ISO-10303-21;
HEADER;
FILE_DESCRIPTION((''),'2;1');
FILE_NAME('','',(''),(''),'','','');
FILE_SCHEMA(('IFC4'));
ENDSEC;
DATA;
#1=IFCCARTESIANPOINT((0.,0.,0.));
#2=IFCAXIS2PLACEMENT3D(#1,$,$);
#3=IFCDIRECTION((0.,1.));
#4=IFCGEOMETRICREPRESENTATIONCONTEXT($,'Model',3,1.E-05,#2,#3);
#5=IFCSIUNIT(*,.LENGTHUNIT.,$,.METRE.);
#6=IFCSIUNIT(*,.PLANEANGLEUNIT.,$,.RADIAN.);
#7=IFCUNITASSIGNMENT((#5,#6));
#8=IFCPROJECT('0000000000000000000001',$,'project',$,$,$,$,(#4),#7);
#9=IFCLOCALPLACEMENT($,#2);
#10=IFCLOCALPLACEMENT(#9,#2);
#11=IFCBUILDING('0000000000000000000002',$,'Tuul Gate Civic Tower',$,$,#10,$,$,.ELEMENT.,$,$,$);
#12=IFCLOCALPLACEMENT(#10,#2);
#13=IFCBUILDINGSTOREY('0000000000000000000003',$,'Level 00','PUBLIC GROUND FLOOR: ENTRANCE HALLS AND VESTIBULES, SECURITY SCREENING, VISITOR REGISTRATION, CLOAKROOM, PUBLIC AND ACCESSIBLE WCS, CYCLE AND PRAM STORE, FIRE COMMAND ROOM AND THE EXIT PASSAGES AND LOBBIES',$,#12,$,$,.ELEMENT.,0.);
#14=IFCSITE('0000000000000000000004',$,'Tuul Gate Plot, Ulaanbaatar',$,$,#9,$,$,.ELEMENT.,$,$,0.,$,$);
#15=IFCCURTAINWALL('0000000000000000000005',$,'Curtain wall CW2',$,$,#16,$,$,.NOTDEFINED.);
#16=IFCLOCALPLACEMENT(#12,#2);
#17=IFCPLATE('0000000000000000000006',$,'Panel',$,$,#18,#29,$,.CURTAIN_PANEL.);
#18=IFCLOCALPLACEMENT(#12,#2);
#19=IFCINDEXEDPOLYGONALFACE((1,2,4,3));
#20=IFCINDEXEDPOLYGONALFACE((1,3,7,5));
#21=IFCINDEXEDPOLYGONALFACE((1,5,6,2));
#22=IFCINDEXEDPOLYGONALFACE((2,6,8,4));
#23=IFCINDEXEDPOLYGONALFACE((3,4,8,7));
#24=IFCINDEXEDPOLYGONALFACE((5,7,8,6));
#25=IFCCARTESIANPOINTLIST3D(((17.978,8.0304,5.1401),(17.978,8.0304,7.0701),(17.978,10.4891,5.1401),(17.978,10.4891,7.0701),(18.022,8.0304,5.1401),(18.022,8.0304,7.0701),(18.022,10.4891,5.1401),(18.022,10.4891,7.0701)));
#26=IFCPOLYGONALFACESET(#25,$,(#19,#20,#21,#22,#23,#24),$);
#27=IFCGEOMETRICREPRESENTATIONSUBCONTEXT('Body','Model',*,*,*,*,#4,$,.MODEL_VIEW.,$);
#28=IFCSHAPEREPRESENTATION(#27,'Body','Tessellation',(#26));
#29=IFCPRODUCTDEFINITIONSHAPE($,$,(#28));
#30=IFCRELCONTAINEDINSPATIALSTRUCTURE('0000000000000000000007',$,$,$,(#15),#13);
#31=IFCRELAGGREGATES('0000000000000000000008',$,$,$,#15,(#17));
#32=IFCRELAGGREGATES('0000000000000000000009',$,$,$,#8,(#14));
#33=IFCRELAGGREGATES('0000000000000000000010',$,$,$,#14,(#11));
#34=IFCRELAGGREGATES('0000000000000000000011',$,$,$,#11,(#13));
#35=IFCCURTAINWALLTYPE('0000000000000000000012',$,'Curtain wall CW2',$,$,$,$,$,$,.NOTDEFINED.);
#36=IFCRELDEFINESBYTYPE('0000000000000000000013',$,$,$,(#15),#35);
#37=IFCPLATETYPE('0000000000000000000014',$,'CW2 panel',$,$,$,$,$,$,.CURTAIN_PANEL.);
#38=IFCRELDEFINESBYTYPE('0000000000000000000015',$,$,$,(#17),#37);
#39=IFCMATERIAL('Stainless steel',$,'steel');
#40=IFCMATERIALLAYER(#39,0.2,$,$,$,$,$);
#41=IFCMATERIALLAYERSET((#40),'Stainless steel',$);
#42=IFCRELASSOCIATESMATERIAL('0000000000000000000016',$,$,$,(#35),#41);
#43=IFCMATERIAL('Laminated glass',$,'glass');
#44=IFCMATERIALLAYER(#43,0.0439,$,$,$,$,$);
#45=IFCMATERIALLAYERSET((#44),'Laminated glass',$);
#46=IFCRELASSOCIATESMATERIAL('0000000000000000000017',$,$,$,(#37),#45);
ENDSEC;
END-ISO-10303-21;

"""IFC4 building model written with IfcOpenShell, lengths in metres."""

from ifc_helpers import new_model, si_unit, direction, frame, origin, origin_2d, place, context, subcontext, project, spatial, rectangle, extrude, material, layer, layer_set, type_object, element, aggregate, save


model = new_model("IFC4")

# Units and contexts
model_context = context("Model", 3, precision=1e-05, world=origin(), true_north=direction((0.0, 1.0)))
body_context = subcontext(model_context, "Body", "Model", "MODEL_VIEW")
ifc_project = project(units=[si_unit("LENGTHUNIT", "METRE"), si_unit("PLANEANGLEUNIT", "RADIAN")], contexts=[model_context])

# Site, building, storey
site_placement = place(None, origin())
site = spatial("IfcSite", under=ifc_project, at=site_placement, Name="Tuul Gate Plot, Ulaanbaatar", CompositionType="ELEMENT", RefElevation=0.0)
building_placement = place(site_placement, origin())
building = spatial("IfcBuilding", under=site, at=building_placement, Name="Tuul Gate Civic Tower", CompositionType="ELEMENT")
storey_placement = place(building_placement, origin())
storey = spatial("IfcBuildingStorey", under=building, at=storey_placement, Name="Level 00", Description="PUBLIC GROUND FLOOR: ENTRANCE HALLS AND VESTIBULES, SECURITY SCREENING, VISITOR REGISTRATION, CLOAKROOM, PUBLIC AND ACCESSIBLE WCS, CYCLE AND PRAM STORE, FIRE COMMAND ROOM AND THE EXIT PASSAGES AND LOBBIES", CompositionType="ELEMENT", Elevation=0.0)

# Curtain wall
ifc_material_1 = material(Name="Stainless steel", Category="steel")
ifc_layer_1 = layer(ifc_material_1, 0.2)
ifc_layer_set_1 = layer_set([ifc_layer_1], Name="Stainless steel")
curtain_wall_type = type_object("IfcCurtainWallType", Name="Curtain wall CW2", PredefinedType="NOTDEFINED", material=ifc_layer_set_1)
curtain_wall_1_placement = place(storey_placement, origin())
curtain_wall_1 = element("IfcCurtainWall", 1, at=curtain_wall_1_placement, inside=storey, type_object=curtain_wall_type, Name="Curtain wall CW2", PredefinedType="NOTDEFINED")

# Plate
ifc_material_2 = material(Name="Laminated glass", Category="glass")
ifc_layer_2 = layer(ifc_material_2, 0.0439)
ifc_layer_set_2 = layer_set([ifc_layer_2], Name="Laminated glass")
plate_type = type_object("IfcPlateType", Name="CW2 panel", PredefinedType="CURTAIN_PANEL", material=ifc_layer_set_2)
plate_1_placement = place(storey_placement, frame((18.0, 9.2598, 5.1401), z_axis=(0.0, 0.0, 1.0), x_axis=(0.0, 1.0, 0.0)))
plate_1 = element("IfcPlate", 2, at=plate_1_placement, type_object=plate_type, Name="Panel", PredefinedType="CURTAIN_PANEL", context=body_context, shape_type="SweptSolid", body=[
    extrude(rectangle(XDim=2.4587, YDim=0.0439, at=origin_2d()), origin(), (0.0, 0.0, 1.0), 1.9299),
])
aggregate(curtain_wall_1, [plate_1])

save(model, "model.ifc")
